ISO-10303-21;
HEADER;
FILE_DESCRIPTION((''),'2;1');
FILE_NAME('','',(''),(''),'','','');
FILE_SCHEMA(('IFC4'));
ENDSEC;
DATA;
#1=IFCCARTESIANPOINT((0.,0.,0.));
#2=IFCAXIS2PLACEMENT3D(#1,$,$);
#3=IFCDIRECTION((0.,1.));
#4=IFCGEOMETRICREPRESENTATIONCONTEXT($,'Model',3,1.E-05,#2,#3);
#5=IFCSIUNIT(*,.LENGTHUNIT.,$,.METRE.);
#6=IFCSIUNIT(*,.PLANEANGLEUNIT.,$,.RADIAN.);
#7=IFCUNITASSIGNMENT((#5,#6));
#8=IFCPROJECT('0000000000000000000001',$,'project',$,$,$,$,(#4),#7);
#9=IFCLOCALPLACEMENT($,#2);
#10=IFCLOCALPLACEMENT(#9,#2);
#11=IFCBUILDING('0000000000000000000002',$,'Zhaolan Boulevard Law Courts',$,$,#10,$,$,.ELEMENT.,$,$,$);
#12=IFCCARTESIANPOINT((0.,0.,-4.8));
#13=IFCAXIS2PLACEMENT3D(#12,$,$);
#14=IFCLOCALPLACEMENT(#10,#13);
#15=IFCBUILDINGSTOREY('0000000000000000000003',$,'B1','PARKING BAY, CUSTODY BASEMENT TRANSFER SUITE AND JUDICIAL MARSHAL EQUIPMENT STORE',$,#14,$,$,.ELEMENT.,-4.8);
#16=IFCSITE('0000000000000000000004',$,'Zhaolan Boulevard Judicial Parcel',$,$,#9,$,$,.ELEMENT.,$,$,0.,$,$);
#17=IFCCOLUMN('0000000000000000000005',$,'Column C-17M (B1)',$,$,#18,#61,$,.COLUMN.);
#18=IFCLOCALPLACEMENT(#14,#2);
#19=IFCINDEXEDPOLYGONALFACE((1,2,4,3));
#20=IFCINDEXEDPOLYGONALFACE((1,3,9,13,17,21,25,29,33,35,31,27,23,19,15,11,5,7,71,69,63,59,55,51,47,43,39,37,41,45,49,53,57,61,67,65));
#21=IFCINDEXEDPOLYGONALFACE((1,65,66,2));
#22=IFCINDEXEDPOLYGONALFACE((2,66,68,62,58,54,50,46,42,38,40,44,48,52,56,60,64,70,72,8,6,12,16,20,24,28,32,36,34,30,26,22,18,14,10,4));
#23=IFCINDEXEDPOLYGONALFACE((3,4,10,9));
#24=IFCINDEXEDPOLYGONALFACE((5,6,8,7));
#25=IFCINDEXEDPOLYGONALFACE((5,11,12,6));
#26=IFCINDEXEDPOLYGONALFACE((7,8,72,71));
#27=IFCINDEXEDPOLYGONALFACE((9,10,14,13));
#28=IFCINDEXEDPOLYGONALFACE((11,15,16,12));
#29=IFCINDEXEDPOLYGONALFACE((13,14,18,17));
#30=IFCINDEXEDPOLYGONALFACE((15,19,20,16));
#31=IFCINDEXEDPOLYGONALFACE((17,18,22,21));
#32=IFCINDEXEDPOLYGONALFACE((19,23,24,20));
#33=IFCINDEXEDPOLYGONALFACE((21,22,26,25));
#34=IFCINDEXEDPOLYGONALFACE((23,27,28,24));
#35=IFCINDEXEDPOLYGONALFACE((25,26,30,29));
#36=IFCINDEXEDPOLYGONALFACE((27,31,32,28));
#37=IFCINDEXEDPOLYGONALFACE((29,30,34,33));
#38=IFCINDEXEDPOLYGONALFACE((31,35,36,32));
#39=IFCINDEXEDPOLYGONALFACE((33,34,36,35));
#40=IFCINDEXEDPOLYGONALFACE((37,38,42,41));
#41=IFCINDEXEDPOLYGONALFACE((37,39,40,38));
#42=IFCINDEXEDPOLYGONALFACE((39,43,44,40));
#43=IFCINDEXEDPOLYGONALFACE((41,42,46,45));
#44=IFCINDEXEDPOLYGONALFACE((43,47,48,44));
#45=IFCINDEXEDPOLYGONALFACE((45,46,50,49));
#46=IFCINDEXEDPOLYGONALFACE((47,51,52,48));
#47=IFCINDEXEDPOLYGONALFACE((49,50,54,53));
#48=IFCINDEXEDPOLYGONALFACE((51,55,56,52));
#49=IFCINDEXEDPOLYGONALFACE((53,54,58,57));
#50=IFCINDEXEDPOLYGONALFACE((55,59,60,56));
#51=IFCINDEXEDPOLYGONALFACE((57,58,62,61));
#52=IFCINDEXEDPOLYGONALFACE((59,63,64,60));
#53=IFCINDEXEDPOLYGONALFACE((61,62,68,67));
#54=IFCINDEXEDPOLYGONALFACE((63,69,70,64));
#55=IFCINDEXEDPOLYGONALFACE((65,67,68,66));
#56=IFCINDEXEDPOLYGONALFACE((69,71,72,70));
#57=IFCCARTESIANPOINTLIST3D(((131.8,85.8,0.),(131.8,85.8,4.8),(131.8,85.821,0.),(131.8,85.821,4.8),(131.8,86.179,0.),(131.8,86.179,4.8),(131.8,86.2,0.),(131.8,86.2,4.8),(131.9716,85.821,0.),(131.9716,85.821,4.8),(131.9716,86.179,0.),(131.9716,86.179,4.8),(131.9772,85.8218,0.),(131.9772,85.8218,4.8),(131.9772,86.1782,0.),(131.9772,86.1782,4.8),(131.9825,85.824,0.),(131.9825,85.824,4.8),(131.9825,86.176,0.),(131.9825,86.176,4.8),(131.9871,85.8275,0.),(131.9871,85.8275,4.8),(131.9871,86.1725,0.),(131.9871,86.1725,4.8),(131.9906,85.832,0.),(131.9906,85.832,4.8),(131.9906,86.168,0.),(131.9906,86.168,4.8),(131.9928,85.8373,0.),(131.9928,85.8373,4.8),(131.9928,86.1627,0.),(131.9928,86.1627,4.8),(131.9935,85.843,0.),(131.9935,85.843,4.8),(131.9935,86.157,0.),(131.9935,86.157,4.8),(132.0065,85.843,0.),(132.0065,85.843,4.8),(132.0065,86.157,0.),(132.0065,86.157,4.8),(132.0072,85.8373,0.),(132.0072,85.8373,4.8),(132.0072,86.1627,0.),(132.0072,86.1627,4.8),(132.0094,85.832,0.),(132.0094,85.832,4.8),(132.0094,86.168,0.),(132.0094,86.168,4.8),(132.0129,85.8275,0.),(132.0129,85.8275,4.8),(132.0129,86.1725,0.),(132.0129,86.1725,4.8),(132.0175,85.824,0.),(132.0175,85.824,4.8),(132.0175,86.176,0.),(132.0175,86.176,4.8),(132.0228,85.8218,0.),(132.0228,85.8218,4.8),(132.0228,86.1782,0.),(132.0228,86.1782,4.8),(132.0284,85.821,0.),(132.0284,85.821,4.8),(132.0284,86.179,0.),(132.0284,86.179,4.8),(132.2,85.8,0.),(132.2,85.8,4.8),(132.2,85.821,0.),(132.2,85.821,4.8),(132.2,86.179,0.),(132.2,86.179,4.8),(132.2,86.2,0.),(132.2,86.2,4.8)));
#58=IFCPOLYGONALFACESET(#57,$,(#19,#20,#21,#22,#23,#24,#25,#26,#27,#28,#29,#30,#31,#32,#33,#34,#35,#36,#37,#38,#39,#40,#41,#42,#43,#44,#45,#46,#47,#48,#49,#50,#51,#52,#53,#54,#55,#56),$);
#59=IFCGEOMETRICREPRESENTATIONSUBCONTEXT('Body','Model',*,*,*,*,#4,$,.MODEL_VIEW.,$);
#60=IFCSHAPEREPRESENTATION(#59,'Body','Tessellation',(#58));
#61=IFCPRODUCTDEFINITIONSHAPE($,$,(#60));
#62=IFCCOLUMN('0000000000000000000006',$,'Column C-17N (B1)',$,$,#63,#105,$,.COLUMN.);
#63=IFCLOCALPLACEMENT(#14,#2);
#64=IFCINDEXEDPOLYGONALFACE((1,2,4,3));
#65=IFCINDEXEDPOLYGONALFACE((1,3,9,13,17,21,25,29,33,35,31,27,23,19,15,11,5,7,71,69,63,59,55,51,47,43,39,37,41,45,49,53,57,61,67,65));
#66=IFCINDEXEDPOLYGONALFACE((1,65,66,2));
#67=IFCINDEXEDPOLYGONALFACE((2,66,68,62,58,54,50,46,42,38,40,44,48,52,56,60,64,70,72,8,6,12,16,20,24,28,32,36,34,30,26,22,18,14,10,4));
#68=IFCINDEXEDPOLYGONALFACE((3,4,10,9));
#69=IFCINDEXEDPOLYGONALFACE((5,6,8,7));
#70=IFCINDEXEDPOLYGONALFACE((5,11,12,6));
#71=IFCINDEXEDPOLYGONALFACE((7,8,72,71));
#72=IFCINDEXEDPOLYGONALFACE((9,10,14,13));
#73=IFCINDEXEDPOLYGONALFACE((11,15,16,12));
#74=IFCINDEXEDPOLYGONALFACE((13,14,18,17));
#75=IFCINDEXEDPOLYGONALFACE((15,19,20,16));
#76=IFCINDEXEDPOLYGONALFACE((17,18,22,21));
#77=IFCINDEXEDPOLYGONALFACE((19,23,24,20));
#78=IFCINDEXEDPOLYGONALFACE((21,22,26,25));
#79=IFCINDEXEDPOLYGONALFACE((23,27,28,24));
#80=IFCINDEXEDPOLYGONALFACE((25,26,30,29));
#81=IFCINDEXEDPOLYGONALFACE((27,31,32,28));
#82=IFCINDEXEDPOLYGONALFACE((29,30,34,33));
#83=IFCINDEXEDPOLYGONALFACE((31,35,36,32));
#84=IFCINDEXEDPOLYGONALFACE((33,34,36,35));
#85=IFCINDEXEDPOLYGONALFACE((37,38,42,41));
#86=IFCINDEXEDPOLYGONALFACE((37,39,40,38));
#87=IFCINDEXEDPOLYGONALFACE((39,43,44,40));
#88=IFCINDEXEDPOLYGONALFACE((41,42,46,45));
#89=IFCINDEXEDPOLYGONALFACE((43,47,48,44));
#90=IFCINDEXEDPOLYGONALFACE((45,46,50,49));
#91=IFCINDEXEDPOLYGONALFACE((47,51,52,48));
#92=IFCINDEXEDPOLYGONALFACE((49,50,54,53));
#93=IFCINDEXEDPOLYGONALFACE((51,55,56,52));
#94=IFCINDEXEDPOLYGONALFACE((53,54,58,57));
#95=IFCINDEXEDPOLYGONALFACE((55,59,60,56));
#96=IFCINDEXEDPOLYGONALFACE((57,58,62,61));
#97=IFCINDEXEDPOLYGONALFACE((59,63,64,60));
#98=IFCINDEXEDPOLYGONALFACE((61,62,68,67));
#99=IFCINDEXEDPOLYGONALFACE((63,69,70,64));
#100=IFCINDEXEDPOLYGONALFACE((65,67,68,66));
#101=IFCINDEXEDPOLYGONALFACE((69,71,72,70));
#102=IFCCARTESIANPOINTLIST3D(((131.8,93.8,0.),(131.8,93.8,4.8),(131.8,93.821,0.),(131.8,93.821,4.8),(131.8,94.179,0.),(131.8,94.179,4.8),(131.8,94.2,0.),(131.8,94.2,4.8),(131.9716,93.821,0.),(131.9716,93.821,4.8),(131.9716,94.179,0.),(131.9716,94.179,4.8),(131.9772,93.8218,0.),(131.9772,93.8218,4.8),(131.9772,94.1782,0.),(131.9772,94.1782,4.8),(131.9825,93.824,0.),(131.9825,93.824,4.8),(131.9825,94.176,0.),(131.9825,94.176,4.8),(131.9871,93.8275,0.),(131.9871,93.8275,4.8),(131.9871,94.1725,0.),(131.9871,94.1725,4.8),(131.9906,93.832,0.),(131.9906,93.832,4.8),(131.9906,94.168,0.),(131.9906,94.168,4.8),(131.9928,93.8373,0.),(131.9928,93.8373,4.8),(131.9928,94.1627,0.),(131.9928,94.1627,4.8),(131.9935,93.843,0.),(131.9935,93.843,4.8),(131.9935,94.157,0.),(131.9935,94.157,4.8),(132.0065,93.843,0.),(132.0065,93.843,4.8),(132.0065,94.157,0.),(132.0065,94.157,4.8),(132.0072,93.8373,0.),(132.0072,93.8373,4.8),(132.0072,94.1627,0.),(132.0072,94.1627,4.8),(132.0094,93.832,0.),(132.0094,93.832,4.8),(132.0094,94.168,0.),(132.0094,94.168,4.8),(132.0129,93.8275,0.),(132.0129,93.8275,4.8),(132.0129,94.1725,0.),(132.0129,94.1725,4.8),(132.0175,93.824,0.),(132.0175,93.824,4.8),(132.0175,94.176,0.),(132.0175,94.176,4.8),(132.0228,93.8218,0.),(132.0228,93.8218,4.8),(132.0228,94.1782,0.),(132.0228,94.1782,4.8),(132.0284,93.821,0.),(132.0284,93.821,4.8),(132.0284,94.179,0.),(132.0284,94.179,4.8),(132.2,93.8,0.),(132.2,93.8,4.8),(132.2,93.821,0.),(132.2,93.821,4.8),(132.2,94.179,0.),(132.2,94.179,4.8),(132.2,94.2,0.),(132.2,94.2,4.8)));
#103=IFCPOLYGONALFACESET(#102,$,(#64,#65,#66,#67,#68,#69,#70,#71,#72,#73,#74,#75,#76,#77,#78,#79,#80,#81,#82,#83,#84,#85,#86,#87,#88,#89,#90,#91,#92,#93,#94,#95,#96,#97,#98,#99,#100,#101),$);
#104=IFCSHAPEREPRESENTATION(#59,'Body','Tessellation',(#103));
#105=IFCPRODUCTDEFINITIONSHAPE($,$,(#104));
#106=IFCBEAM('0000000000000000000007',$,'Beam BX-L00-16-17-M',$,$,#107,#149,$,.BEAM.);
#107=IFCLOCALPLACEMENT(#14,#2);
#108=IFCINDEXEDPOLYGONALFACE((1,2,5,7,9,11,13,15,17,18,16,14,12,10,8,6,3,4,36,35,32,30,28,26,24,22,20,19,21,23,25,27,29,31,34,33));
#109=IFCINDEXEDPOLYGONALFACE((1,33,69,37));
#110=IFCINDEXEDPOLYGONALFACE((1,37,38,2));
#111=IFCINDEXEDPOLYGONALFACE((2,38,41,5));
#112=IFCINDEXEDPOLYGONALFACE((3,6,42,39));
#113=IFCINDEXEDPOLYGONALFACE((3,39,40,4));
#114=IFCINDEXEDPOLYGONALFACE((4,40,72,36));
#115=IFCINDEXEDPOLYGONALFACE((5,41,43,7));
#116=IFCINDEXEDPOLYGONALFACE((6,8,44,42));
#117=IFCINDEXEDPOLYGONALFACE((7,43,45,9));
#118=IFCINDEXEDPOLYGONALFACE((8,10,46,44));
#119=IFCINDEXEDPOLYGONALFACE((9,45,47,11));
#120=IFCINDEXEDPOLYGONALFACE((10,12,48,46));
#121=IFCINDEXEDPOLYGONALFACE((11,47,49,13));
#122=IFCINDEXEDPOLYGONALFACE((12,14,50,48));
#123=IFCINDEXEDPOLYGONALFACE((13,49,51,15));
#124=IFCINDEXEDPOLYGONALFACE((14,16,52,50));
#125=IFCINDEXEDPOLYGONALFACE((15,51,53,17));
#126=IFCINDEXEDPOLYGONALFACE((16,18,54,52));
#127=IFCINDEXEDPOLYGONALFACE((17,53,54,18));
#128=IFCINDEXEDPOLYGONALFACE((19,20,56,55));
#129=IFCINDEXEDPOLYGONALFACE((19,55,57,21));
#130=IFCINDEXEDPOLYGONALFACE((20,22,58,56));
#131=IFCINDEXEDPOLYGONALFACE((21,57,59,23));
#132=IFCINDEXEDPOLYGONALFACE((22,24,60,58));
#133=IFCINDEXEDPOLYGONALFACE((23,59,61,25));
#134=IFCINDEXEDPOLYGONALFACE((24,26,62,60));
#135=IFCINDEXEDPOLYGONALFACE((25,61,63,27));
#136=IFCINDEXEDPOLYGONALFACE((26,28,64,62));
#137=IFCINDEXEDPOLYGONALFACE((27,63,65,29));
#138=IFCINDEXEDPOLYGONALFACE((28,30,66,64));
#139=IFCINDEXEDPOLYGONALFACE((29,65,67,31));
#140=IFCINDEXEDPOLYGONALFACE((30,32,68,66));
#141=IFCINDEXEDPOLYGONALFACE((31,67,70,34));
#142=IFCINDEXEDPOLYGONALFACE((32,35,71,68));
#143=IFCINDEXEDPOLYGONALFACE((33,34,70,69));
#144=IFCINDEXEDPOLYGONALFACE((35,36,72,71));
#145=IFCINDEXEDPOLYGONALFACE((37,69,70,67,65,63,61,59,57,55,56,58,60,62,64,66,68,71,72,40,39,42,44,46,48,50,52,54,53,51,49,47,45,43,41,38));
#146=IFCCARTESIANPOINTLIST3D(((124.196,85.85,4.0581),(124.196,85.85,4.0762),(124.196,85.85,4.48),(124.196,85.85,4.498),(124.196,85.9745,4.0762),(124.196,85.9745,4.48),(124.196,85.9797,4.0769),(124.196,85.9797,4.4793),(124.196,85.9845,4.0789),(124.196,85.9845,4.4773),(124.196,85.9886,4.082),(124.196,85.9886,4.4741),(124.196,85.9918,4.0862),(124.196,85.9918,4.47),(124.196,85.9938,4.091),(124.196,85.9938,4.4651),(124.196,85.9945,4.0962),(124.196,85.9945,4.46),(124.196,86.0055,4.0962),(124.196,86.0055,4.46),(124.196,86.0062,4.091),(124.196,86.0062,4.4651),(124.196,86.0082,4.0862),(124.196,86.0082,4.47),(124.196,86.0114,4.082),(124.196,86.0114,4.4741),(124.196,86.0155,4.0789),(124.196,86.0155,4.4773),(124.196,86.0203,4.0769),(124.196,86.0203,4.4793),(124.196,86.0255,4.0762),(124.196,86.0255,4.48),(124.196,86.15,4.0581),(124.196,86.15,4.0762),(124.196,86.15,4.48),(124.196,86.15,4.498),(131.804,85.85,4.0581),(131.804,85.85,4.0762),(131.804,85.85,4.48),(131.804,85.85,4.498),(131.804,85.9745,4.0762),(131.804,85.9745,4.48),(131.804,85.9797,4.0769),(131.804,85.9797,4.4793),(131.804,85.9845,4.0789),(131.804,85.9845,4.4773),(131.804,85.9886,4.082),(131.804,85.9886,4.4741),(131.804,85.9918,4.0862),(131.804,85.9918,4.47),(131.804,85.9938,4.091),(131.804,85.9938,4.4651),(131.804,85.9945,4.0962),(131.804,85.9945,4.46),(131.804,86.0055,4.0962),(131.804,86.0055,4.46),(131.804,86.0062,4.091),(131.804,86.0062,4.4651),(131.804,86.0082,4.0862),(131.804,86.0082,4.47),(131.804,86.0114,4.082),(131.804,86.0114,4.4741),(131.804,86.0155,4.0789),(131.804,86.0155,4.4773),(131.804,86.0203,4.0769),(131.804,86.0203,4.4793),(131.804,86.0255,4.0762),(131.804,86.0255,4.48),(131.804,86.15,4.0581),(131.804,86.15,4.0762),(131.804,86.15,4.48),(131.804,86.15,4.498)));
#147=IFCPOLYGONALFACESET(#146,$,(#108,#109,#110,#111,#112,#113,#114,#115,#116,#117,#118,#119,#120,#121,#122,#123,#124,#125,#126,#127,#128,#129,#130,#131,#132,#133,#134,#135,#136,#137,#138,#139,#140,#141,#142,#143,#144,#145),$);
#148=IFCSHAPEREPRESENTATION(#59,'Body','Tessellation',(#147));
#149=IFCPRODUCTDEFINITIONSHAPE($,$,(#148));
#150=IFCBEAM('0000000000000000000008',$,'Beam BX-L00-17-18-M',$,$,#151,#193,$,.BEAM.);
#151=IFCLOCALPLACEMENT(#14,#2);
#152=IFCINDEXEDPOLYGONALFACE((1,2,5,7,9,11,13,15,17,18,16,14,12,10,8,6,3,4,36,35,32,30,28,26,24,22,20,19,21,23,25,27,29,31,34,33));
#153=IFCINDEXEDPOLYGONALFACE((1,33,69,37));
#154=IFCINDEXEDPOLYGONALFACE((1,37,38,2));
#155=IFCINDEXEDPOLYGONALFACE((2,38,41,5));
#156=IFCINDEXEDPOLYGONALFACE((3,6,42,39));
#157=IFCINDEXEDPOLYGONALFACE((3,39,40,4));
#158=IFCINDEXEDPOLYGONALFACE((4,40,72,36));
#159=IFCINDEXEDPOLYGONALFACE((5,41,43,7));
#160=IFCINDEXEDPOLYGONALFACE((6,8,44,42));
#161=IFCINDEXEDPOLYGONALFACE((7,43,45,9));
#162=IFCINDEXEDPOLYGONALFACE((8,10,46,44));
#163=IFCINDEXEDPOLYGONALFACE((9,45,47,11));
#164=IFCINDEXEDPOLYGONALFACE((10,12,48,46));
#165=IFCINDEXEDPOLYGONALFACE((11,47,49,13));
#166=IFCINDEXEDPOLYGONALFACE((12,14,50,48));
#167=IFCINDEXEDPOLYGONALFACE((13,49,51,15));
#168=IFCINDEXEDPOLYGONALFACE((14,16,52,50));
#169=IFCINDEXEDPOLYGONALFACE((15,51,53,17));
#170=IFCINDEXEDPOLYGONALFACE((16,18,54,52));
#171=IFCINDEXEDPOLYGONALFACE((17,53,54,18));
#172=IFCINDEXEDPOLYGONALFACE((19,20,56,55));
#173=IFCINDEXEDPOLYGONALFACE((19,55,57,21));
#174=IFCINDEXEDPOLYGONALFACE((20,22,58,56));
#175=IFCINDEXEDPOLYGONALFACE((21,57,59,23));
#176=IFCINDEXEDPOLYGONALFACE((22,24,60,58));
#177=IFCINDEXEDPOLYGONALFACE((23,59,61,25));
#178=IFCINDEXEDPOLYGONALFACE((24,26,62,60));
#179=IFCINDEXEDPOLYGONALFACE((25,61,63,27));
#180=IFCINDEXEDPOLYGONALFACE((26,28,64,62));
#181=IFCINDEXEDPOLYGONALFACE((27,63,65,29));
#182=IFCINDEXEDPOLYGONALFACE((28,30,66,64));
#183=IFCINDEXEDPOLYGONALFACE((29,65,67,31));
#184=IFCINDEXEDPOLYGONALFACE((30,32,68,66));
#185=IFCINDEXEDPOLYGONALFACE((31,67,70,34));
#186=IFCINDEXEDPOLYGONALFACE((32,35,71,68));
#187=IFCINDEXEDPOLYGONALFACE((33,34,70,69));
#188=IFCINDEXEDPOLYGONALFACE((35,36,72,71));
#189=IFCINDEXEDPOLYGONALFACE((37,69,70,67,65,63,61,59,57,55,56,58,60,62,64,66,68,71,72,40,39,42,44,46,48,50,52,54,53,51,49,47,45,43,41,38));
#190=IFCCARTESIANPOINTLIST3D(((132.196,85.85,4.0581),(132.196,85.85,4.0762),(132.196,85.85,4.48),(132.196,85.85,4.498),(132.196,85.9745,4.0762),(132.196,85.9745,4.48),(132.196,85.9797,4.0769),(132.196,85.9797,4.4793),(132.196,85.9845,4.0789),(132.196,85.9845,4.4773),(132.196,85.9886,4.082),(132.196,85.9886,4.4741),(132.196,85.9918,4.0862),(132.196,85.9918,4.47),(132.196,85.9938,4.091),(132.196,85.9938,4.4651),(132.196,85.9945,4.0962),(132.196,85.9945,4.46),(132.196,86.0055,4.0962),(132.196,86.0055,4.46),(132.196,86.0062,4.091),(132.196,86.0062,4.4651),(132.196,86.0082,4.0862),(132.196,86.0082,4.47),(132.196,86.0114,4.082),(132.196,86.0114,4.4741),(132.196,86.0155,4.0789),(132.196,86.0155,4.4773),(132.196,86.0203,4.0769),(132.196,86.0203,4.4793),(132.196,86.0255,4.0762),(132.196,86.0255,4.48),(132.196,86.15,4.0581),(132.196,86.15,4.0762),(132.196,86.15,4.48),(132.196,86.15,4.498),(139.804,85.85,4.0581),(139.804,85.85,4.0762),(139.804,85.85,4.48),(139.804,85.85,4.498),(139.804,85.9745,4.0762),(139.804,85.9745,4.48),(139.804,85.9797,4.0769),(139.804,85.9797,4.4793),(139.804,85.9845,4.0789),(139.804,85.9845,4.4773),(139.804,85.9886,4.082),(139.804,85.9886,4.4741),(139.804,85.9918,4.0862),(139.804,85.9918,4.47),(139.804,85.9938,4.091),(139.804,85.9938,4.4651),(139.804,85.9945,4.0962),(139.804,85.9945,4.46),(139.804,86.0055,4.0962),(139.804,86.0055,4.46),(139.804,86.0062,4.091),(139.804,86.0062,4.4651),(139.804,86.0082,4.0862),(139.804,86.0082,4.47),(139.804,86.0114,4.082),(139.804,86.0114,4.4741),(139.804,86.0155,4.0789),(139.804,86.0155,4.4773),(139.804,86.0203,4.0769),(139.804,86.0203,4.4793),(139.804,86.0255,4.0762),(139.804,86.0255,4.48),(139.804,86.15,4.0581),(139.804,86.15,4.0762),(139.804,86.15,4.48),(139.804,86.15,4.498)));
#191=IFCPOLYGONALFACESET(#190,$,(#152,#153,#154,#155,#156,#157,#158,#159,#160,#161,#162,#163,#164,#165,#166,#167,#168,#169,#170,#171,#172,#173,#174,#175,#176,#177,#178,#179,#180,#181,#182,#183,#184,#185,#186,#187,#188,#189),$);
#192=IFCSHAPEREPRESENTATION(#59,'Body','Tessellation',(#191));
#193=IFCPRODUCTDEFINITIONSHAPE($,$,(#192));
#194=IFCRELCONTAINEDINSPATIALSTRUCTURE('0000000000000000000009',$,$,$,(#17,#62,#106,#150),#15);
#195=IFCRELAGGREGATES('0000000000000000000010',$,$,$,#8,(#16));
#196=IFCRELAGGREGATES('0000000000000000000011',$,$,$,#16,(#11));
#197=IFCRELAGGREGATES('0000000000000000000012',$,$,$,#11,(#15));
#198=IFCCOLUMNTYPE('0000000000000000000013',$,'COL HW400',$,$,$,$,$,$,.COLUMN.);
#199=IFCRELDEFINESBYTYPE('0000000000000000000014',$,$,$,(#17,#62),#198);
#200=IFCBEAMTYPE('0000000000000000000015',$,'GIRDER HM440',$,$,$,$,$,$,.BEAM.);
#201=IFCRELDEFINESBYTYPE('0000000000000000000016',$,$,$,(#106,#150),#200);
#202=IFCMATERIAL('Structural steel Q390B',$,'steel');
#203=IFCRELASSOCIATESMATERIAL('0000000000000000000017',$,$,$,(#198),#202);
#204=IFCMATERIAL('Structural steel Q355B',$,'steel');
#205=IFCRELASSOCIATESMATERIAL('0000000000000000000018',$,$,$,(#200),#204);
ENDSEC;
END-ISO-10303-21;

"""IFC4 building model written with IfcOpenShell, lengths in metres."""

from ifc_helpers import new_model, si_unit, direction, frame, origin, origin_2d, place, context, subcontext, project, spatial, i_section, extrude, material, material_profile, profile_set, type_object, element, save


model = new_model("IFC4")

# Units and contexts
model_context = context("Model", 3, precision=1e-05, world=origin(), true_north=direction((0.0, 1.0)))
body_context = subcontext(model_context, "Body", "Model", "MODEL_VIEW")
ifc_project = project(units=[si_unit("LENGTHUNIT", "METRE"), si_unit("PLANEANGLEUNIT", "RADIAN")], contexts=[model_context])

# Site, building, storey
site_placement = place(None, origin())
site = spatial("IfcSite", under=ifc_project, at=site_placement, Name="Zhaolan Boulevard Judicial Parcel", CompositionType="ELEMENT", RefElevation=0.0)
building_placement = place(site_placement, origin())
building = spatial("IfcBuilding", under=site, at=building_placement, Name="Zhaolan Boulevard Law Courts", CompositionType="ELEMENT")
storey_placement = place(building_placement, frame((0.0, 0.0, -4.8)))
storey = spatial("IfcBuildingStorey", under=building, at=storey_placement, Name="B1", Description="PARKING BAY, CUSTODY BASEMENT TRANSFER SUITE AND JUDICIAL MARSHAL EQUIPMENT STORE", CompositionType="ELEMENT", Elevation=-4.8)

# Columns
ifc_material_1 = material(Name="Structural steel Q390B", Category="steel")
ifc_material_profile_1 = material_profile(ifc_material_1, i_section(OverallWidth=0.3999, OverallDepth=0.3999, WebThickness=0.0129, FlangeThickness=0.021, FilletRadius=0.022, at=origin_2d()), Name="HW400x400")
ifc_profile_set_1 = profile_set([ifc_material_profile_1], Name="Structural steel Q390B")
column_type = type_object("IfcColumnType", Name="COL HW400", PredefinedType="COLUMN", material=ifc_profile_set_1)
for number, where, z_axis, x_axis, name in (
    (1, (132.0, 86.0, 0.0), (0.0, 0.0, 1.0), (1.0, 0.0, 0.0), "Column C-17M (B1)"),
    (2, (132.0, 94.0, 0.0), (0.0, 0.0, 1.0), (1.0, 0.0, 0.0), "Column C-17N (B1)"),
):
    element("IfcColumn", number, at=place(storey_placement, frame(where, z_axis=z_axis, x_axis=x_axis)), inside=storey, type_object=column_type, Name=name, PredefinedType="COLUMN", context=body_context, shape_type="SweptSolid", body=[
        extrude(i_section(OverallWidth=0.3999, OverallDepth=0.3999, WebThickness=0.0129, FlangeThickness=0.021, FilletRadius=0.022, at=origin_2d()), origin(), (0.0, 0.0, 1.0), 4.8),
    ])

# Beams
ifc_material_2 = material(Name="Structural steel Q355B", Category="steel")
ifc_material_profile_2 = material_profile(ifc_material_2, i_section(OverallWidth=0.3, OverallDepth=0.4399, WebThickness=0.011, FlangeThickness=0.0181, FilletRadius=0.02, at=origin_2d()), Name="HM440x300")
ifc_profile_set_2 = profile_set([ifc_material_profile_2], Name="Structural steel Q355B")
beam_type_1 = type_object("IfcBeamType", Name="GIRDER HM440", PredefinedType="BEAM", material=ifc_profile_set_2)
for number, where, z_axis, x_axis, name in (
    (3, (124.196, 86.0, 4.2781), (1.0, 0.0, 0.0), (0.0, 1.0, 0.0), "Beam BX-L00-16-17-M"),
    (4, (132.196, 86.0, 4.2781), (1.0, 0.0, 0.0), (0.0, 1.0, 0.0), "Beam BX-L00-17-18-M"),
):
    element("IfcBeam", number, at=place(storey_placement, frame(where, z_axis=z_axis, x_axis=x_axis)), inside=storey, type_object=beam_type_1, Name=name, PredefinedType="BEAM", context=body_context, shape_type="SweptSolid", body=[
        extrude(i_section(OverallWidth=0.3, OverallDepth=0.4399, WebThickness=0.011, FlangeThickness=0.0181, FilletRadius=0.02, at=origin_2d()), origin(), (0.0, 0.0, 1.0), 7.6079),
    ])

save(model, "model.ifc")
